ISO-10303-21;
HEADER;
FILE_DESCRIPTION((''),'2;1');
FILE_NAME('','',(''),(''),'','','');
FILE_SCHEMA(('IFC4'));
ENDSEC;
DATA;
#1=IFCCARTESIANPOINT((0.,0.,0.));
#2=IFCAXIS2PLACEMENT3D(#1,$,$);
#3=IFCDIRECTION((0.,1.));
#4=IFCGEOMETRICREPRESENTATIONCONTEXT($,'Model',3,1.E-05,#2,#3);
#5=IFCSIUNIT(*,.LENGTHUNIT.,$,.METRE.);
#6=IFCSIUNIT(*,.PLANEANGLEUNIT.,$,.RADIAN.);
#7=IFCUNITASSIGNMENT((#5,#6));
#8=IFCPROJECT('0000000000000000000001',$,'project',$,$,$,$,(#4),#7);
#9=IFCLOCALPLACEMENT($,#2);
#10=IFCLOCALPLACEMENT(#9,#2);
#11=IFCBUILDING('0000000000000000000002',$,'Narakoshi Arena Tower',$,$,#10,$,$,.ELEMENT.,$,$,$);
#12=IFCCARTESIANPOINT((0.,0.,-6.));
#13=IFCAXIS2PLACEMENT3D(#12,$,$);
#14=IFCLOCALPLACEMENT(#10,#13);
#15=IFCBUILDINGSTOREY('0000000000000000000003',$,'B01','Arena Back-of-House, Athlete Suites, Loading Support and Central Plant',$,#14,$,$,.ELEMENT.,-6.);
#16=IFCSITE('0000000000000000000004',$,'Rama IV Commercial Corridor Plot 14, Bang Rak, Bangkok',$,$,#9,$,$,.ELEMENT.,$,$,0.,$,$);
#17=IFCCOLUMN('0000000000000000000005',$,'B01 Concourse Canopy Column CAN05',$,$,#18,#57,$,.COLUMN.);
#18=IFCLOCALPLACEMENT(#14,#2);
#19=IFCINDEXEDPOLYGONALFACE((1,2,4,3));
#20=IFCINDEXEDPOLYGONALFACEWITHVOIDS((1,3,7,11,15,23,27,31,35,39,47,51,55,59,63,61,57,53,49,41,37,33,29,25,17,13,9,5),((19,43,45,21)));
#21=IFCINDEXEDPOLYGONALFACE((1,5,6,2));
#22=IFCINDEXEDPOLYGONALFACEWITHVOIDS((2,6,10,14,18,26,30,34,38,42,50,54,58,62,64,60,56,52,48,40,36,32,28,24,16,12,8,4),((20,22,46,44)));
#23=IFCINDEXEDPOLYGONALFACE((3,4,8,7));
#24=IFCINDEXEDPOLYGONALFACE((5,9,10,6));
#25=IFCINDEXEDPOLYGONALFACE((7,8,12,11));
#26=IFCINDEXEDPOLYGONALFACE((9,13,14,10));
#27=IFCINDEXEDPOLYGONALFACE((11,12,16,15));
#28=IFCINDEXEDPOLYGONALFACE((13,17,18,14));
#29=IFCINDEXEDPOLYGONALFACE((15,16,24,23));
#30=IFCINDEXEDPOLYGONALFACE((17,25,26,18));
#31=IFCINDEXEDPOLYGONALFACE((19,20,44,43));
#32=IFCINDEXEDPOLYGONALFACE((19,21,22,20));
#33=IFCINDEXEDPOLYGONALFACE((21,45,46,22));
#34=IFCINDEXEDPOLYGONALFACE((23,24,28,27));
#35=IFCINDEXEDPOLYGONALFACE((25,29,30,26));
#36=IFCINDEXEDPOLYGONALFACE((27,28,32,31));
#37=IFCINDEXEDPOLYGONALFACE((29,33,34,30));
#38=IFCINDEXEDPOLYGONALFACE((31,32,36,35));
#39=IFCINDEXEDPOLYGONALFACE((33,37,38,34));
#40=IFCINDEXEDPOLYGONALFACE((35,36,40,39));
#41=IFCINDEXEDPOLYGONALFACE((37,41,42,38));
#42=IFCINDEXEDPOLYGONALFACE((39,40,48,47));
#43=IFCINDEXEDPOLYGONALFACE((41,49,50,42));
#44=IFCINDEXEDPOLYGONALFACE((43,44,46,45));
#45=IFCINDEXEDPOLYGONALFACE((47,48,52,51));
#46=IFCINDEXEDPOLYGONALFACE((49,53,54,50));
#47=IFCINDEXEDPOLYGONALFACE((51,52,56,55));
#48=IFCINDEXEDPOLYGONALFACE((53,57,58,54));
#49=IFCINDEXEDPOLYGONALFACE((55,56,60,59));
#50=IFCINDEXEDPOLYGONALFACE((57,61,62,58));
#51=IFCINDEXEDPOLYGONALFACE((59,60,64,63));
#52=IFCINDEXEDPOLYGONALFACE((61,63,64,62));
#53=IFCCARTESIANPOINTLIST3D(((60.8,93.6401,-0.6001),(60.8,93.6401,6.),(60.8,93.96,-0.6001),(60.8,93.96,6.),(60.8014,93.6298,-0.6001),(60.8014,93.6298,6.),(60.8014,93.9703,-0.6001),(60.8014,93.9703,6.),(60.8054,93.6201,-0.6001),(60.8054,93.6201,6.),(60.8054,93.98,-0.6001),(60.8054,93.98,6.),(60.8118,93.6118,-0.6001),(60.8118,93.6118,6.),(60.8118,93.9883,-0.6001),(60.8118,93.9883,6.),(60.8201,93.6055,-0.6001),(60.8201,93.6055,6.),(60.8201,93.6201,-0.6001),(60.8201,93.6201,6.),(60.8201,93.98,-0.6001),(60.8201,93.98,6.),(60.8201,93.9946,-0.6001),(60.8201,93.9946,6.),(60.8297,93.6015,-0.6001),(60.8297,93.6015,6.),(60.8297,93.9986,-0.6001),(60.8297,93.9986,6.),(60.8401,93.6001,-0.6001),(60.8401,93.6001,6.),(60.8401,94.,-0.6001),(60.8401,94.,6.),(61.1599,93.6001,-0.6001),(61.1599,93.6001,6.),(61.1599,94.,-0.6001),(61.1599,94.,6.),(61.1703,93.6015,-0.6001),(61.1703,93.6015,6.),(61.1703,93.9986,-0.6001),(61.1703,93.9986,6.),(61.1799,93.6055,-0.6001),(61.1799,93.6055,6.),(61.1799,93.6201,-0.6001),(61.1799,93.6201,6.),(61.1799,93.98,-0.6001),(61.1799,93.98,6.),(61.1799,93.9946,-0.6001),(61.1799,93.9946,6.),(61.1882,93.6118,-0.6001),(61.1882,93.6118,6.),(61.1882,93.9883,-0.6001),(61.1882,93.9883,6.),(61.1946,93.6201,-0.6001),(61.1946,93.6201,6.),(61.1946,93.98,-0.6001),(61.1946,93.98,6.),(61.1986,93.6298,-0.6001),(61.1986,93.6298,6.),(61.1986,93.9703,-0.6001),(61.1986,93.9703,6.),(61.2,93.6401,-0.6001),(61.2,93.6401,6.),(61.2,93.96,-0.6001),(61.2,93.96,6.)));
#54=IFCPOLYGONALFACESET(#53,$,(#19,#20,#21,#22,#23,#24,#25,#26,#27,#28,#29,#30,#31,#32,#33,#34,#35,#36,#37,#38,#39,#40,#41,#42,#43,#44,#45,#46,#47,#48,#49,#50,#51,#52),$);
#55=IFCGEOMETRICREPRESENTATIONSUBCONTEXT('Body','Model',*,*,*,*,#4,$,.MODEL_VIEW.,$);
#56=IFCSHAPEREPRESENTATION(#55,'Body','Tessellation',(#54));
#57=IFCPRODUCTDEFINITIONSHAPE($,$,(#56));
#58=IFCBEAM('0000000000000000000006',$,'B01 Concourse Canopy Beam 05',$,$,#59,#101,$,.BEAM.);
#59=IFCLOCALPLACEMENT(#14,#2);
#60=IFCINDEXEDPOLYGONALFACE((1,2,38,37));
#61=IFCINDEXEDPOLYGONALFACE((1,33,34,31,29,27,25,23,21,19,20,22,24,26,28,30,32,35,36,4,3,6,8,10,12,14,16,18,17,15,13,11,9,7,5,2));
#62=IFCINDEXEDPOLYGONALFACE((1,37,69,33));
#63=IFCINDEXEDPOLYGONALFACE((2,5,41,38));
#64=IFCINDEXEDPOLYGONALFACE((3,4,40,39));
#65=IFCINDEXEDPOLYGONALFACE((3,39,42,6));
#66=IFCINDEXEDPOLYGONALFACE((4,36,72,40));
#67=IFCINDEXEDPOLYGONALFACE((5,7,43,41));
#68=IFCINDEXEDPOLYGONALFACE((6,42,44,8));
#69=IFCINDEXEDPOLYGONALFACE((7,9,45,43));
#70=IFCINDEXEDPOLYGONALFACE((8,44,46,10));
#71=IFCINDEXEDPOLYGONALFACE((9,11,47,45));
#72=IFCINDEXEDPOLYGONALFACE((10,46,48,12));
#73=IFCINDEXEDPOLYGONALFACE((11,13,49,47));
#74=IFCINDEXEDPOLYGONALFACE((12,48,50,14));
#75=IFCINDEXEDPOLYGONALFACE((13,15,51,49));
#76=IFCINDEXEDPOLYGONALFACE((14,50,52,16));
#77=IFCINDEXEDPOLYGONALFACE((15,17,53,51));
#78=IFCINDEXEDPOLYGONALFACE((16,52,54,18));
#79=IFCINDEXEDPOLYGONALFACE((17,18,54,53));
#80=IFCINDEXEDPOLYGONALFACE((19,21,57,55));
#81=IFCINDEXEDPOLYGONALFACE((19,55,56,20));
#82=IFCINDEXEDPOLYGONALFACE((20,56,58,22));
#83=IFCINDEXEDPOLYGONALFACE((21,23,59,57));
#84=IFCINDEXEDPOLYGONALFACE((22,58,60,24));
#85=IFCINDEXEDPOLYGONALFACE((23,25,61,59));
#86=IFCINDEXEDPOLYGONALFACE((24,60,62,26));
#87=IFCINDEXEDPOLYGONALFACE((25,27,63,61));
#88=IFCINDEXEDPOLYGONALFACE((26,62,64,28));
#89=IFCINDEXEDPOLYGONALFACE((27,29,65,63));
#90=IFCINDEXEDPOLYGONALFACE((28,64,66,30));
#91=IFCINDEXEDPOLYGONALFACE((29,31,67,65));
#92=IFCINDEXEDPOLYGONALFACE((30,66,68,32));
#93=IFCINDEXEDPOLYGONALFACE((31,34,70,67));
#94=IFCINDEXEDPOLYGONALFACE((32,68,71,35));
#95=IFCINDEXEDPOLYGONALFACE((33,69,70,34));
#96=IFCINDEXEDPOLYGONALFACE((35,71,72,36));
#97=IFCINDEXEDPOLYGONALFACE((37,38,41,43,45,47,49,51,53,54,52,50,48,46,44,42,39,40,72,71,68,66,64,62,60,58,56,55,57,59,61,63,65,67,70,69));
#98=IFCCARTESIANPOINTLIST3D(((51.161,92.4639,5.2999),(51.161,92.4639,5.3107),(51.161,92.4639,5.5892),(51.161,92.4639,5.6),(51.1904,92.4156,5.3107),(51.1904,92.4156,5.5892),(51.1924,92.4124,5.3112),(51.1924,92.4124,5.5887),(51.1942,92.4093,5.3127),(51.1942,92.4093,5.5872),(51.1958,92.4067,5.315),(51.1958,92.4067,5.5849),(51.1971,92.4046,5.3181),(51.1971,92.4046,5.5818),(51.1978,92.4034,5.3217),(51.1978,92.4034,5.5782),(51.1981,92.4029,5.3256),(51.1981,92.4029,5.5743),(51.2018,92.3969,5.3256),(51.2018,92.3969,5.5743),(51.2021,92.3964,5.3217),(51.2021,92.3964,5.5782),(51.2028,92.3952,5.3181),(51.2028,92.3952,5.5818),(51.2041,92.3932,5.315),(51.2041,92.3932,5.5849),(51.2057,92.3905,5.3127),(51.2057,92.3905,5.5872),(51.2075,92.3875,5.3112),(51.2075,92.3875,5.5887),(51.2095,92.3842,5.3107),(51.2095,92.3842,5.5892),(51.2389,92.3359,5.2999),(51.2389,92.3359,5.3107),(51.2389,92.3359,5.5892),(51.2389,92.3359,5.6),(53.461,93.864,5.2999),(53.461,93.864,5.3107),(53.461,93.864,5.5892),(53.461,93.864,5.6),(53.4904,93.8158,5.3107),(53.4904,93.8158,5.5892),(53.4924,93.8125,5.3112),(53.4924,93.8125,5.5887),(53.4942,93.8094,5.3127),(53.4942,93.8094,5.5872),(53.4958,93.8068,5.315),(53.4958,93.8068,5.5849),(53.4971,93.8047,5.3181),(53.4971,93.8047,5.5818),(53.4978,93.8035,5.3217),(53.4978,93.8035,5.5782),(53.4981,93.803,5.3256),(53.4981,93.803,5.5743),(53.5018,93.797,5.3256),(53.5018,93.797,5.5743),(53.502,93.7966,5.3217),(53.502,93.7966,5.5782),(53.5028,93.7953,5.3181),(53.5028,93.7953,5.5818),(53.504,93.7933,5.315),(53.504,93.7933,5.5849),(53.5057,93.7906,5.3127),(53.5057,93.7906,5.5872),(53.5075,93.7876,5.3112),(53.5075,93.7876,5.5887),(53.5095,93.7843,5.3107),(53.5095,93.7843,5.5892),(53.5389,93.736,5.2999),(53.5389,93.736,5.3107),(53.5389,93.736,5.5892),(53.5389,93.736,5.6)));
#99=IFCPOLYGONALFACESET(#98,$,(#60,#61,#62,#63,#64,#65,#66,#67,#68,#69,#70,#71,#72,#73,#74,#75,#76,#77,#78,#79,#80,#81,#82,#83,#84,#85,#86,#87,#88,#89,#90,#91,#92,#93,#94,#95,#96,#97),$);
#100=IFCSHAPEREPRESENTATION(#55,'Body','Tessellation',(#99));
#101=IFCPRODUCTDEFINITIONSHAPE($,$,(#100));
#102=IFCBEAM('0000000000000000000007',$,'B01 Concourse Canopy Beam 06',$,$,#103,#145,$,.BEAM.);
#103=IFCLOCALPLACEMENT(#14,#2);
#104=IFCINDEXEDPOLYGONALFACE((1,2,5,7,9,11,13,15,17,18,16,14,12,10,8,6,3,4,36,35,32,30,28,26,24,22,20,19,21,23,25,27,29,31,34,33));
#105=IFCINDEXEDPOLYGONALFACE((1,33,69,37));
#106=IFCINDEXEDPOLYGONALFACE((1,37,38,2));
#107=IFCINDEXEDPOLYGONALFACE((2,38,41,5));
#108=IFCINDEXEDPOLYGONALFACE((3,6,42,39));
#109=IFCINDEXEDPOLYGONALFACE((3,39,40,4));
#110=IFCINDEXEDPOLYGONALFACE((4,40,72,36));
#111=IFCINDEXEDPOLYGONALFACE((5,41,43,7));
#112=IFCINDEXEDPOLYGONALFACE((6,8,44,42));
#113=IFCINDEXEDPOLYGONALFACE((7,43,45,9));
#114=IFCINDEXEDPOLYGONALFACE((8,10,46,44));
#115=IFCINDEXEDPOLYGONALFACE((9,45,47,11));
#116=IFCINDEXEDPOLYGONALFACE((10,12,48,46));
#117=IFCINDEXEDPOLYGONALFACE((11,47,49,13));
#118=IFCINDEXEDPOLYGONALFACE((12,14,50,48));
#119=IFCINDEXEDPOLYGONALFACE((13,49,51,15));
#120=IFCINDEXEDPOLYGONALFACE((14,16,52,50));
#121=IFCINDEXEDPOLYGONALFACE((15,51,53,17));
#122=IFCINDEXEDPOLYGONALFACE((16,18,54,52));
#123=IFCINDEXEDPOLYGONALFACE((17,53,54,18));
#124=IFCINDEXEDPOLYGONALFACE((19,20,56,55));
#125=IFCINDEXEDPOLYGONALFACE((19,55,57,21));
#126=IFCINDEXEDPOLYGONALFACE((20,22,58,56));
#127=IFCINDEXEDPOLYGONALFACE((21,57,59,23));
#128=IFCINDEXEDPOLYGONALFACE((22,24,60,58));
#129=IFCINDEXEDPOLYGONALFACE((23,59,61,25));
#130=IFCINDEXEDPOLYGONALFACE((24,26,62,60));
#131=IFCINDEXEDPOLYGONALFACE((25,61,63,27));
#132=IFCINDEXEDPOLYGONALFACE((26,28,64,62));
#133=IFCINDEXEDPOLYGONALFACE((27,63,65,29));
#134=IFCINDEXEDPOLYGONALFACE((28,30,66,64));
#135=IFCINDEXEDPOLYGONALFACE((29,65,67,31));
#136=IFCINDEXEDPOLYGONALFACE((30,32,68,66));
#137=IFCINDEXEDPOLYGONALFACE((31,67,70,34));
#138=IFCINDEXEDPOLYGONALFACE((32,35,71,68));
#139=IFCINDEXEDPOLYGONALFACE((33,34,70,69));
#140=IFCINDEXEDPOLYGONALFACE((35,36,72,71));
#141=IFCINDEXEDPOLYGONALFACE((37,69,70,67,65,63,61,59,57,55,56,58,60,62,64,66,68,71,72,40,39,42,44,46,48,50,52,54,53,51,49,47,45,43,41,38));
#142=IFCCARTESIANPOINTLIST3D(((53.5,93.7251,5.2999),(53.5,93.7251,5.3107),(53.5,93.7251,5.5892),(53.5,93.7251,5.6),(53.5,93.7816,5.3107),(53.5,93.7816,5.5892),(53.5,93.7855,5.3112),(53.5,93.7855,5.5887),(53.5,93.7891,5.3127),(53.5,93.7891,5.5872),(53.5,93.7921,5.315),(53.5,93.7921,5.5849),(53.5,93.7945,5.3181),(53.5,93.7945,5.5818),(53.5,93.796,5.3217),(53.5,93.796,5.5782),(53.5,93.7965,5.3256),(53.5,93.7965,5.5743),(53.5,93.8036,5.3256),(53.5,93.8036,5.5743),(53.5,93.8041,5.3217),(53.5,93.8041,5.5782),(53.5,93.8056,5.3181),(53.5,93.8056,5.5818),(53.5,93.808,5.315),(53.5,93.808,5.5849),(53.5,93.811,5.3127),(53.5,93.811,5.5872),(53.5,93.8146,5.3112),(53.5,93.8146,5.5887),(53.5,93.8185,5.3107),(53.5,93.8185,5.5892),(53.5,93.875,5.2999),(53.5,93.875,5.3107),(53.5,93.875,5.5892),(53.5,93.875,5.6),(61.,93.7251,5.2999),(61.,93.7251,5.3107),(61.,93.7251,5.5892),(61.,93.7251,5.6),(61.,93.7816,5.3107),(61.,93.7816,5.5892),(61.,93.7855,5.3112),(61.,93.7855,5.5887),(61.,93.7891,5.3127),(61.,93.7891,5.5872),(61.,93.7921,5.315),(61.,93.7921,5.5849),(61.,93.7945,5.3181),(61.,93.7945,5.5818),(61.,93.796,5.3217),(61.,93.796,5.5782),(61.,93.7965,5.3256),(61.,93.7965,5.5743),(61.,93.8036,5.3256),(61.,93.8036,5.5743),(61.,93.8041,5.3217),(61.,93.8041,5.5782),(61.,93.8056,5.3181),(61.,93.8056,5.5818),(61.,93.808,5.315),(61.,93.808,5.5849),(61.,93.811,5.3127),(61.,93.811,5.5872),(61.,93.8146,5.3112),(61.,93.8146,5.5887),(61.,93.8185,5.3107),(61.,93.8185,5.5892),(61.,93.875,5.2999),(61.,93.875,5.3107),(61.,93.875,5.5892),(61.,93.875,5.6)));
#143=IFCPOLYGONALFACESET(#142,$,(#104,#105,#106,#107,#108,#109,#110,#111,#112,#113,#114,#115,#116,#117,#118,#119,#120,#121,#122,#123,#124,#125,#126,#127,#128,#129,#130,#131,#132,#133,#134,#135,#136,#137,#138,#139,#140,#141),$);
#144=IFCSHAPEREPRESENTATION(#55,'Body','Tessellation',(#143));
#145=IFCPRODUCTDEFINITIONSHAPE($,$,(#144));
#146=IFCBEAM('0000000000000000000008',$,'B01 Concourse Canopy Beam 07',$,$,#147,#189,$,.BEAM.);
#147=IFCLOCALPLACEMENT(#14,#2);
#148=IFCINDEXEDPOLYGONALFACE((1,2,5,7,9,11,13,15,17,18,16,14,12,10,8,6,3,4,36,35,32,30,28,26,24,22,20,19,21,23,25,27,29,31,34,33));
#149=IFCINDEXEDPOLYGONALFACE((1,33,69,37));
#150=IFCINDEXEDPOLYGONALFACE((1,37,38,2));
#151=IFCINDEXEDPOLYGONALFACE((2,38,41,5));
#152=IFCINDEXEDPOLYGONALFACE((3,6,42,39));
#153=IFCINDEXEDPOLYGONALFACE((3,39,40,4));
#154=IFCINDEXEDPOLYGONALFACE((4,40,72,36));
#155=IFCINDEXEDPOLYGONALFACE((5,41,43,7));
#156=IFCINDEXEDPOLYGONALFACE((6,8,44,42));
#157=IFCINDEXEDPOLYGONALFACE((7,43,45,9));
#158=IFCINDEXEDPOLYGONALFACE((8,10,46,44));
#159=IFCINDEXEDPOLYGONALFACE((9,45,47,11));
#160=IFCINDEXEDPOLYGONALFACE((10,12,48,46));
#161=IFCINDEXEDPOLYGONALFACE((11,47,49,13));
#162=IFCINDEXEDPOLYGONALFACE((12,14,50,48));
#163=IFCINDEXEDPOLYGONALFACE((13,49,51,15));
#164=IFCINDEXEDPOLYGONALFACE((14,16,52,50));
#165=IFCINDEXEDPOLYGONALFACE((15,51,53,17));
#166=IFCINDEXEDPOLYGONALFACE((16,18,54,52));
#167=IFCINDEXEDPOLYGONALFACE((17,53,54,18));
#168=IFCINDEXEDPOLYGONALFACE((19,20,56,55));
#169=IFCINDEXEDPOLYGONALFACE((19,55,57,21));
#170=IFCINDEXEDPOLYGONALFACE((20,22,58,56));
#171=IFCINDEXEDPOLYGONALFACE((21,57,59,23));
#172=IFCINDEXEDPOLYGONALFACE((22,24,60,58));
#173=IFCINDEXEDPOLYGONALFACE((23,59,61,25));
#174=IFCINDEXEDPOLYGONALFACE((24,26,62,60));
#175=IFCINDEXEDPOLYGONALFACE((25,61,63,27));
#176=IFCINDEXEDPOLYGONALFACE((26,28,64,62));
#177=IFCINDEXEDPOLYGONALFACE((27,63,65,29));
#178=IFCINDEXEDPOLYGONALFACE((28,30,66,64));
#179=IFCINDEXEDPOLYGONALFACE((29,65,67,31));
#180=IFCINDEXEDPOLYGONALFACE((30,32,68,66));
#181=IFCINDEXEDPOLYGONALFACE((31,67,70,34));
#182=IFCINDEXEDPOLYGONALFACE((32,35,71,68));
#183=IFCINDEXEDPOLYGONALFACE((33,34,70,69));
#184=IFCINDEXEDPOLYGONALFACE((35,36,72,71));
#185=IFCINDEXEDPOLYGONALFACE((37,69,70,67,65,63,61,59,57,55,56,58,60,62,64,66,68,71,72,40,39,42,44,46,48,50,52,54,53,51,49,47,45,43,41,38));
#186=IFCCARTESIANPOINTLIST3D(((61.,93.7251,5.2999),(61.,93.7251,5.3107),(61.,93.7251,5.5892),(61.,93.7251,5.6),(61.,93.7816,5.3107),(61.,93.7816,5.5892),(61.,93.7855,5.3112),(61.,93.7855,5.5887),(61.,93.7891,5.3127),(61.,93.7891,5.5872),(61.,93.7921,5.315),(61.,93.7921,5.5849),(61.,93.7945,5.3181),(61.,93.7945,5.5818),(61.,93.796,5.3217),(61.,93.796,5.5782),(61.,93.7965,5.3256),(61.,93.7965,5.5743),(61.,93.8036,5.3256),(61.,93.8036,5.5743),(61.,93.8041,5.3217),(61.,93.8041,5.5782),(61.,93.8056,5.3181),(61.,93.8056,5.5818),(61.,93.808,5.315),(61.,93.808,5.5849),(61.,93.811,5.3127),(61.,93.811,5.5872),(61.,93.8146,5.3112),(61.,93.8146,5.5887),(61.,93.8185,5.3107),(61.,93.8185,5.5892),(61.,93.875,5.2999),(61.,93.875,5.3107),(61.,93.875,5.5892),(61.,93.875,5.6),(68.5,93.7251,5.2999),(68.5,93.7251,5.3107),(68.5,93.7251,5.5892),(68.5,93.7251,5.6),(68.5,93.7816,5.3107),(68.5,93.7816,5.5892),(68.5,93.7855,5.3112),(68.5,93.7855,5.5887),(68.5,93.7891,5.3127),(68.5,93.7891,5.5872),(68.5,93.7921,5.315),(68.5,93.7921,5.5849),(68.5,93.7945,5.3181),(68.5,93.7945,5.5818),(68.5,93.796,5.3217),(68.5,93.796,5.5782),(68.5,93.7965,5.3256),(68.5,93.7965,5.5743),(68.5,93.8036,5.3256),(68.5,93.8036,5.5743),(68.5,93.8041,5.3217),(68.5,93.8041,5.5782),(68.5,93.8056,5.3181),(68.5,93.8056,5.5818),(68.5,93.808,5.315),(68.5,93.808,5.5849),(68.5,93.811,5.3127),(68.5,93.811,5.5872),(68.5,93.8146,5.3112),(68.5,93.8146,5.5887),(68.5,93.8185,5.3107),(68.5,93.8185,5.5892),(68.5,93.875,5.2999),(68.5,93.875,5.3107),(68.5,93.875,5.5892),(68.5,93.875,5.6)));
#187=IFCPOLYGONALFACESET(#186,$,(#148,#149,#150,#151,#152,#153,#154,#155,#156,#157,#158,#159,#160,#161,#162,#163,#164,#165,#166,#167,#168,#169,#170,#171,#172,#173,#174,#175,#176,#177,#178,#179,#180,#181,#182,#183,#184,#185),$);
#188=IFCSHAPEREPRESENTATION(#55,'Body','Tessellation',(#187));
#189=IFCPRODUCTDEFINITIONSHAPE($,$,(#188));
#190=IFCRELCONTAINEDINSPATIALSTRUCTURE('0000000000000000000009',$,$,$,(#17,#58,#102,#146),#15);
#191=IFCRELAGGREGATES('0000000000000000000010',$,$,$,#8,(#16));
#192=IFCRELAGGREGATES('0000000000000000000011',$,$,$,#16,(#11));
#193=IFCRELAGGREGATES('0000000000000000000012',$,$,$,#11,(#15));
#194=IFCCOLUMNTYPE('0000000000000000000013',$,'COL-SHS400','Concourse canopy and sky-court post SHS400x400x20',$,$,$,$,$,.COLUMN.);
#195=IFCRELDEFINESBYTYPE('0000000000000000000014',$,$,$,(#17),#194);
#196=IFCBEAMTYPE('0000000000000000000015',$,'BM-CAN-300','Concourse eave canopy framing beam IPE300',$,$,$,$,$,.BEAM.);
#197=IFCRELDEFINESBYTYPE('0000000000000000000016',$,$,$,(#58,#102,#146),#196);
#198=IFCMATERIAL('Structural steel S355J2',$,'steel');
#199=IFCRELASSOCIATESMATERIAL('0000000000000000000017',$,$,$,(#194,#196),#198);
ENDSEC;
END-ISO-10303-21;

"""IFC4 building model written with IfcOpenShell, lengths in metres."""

from ifc_helpers import new_model, si_unit, direction, frame, origin, origin_2d, place, context, subcontext, project, spatial, hollow_rectangle, i_section, extrude, material, material_profile, profile_set, type_object, element, save


model = new_model("IFC4")

# Units and contexts
model_context = context("Model", 3, precision=1e-05, world=origin(), true_north=direction((0.0, 1.0)))
body_context = subcontext(model_context, "Body", "Model", "MODEL_VIEW")
ifc_project = project(units=[si_unit("LENGTHUNIT", "METRE"), si_unit("PLANEANGLEUNIT", "RADIAN")], contexts=[model_context])

# Site, building, storey
site_placement = place(None, origin())
site = spatial("IfcSite", under=ifc_project, at=site_placement, Name="Rama IV Commercial Corridor Plot 14, Bang Rak, Bangkok", CompositionType="ELEMENT", RefElevation=0.0)
building_placement = place(site_placement, origin())
building = spatial("IfcBuilding", under=site, at=building_placement, Name="Narakoshi Arena Tower", CompositionType="ELEMENT")
storey_placement = place(building_placement, frame((0.0, 0.0, -6.0)))
storey = spatial("IfcBuildingStorey", under=building, at=storey_placement, Name="B01", Description="Arena Back-of-House, Athlete Suites, Loading Support and Central Plant", CompositionType="ELEMENT", Elevation=-6.0)

# Column
ifc_material_1 = material(Name="Structural steel S355J2", Category="steel")
ifc_material_profile_1 = material_profile(ifc_material_1, hollow_rectangle(XDim=0.3999, YDim=0.3999, WallThickness=0.02, OuterFilletRadius=0.04, at=origin_2d()), Name="SHS400x400x20")
ifc_profile_set_1 = profile_set([ifc_material_profile_1], Name="Structural steel S355J2")
column_type_1 = type_object("IfcColumnType", Name="COL-SHS400", Description="Concourse canopy and sky-court post SHS400x400x20", PredefinedType="COLUMN", material=ifc_profile_set_1)
for number, where, z_axis, x_axis, name in (
    (1, (61.0, 93.8, -0.6001), (0.0, 0.0, 1.0), (1.0, 0.0, 0.0), "B01 Concourse Canopy Column CAN05"),
):
    element("IfcColumn", number, at=place(storey_placement, frame(where, z_axis=z_axis, x_axis=x_axis)), inside=storey, type_object=column_type_1, Name=name, PredefinedType="COLUMN", context=body_context, shape_type="SweptSolid", body=[
        extrude(hollow_rectangle(XDim=0.3999, YDim=0.3999, WallThickness=0.02, OuterFilletRadius=0.04, at=origin_2d()), origin(), (0.0, 0.0, 1.0), 6.6001),
    ])

# Beams
ifc_material_profile_2 = material_profile(ifc_material_1, i_section(OverallWidth=0.1499, OverallDepth=0.3, WebThickness=0.0071, FlangeThickness=0.0107, FilletRadius=0.0149, at=origin_2d()), Name="IPE300")
ifc_profile_set_2 = profile_set([ifc_material_profile_2], Name="Structural steel S355J2")
beam_type_1 = type_object("IfcBeamType", Name="BM-CAN-300", Description="Concourse eave canopy framing beam IPE300", PredefinedType="BEAM", material=ifc_profile_set_2)
beam_1_placement = place(storey_placement, frame((51.2, 92.3999, 5.45), z_axis=(0.854179, 0.519979, 0.0), x_axis=(-0.519979, 0.854179, 0.0)))
element("IfcBeam", 2, at=beam_1_placement, inside=storey, type_object=beam_type_1, Name="B01 Concourse Canopy Beam 05", PredefinedType="BEAM", context=body_context, shape_type="SweptSolid", body=[
    extrude(i_section(OverallWidth=0.1499, OverallDepth=0.3, WebThickness=0.0071, FlangeThickness=0.0107, FilletRadius=0.0149, at=origin_2d()), origin(), (0.0, 0.0, 1.0), 2.6926),
])
for number, where, z_axis, x_axis, name in (
    (3, (53.5, 93.8, 5.45), (1.0, 0.0, 0.0), (0.0, 1.0, 0.0), "B01 Concourse Canopy Beam 06"),
    (4, (61.0, 93.8, 5.45), (1.0, 0.0, 0.0), (0.0, 1.0, 0.0), "B01 Concourse Canopy Beam 07"),
):
    element("IfcBeam", number, at=place(storey_placement, frame(where, z_axis=z_axis, x_axis=x_axis)), inside=storey, type_object=beam_type_1, Name=name, PredefinedType="BEAM", context=body_context, shape_type="SweptSolid", body=[
        extrude(i_section(OverallWidth=0.1499, OverallDepth=0.3, WebThickness=0.0071, FlangeThickness=0.0107, FilletRadius=0.0149, at=origin_2d()), origin(), (0.0, 0.0, 1.0), 7.5),
    ])

save(model, "model.ifc")
